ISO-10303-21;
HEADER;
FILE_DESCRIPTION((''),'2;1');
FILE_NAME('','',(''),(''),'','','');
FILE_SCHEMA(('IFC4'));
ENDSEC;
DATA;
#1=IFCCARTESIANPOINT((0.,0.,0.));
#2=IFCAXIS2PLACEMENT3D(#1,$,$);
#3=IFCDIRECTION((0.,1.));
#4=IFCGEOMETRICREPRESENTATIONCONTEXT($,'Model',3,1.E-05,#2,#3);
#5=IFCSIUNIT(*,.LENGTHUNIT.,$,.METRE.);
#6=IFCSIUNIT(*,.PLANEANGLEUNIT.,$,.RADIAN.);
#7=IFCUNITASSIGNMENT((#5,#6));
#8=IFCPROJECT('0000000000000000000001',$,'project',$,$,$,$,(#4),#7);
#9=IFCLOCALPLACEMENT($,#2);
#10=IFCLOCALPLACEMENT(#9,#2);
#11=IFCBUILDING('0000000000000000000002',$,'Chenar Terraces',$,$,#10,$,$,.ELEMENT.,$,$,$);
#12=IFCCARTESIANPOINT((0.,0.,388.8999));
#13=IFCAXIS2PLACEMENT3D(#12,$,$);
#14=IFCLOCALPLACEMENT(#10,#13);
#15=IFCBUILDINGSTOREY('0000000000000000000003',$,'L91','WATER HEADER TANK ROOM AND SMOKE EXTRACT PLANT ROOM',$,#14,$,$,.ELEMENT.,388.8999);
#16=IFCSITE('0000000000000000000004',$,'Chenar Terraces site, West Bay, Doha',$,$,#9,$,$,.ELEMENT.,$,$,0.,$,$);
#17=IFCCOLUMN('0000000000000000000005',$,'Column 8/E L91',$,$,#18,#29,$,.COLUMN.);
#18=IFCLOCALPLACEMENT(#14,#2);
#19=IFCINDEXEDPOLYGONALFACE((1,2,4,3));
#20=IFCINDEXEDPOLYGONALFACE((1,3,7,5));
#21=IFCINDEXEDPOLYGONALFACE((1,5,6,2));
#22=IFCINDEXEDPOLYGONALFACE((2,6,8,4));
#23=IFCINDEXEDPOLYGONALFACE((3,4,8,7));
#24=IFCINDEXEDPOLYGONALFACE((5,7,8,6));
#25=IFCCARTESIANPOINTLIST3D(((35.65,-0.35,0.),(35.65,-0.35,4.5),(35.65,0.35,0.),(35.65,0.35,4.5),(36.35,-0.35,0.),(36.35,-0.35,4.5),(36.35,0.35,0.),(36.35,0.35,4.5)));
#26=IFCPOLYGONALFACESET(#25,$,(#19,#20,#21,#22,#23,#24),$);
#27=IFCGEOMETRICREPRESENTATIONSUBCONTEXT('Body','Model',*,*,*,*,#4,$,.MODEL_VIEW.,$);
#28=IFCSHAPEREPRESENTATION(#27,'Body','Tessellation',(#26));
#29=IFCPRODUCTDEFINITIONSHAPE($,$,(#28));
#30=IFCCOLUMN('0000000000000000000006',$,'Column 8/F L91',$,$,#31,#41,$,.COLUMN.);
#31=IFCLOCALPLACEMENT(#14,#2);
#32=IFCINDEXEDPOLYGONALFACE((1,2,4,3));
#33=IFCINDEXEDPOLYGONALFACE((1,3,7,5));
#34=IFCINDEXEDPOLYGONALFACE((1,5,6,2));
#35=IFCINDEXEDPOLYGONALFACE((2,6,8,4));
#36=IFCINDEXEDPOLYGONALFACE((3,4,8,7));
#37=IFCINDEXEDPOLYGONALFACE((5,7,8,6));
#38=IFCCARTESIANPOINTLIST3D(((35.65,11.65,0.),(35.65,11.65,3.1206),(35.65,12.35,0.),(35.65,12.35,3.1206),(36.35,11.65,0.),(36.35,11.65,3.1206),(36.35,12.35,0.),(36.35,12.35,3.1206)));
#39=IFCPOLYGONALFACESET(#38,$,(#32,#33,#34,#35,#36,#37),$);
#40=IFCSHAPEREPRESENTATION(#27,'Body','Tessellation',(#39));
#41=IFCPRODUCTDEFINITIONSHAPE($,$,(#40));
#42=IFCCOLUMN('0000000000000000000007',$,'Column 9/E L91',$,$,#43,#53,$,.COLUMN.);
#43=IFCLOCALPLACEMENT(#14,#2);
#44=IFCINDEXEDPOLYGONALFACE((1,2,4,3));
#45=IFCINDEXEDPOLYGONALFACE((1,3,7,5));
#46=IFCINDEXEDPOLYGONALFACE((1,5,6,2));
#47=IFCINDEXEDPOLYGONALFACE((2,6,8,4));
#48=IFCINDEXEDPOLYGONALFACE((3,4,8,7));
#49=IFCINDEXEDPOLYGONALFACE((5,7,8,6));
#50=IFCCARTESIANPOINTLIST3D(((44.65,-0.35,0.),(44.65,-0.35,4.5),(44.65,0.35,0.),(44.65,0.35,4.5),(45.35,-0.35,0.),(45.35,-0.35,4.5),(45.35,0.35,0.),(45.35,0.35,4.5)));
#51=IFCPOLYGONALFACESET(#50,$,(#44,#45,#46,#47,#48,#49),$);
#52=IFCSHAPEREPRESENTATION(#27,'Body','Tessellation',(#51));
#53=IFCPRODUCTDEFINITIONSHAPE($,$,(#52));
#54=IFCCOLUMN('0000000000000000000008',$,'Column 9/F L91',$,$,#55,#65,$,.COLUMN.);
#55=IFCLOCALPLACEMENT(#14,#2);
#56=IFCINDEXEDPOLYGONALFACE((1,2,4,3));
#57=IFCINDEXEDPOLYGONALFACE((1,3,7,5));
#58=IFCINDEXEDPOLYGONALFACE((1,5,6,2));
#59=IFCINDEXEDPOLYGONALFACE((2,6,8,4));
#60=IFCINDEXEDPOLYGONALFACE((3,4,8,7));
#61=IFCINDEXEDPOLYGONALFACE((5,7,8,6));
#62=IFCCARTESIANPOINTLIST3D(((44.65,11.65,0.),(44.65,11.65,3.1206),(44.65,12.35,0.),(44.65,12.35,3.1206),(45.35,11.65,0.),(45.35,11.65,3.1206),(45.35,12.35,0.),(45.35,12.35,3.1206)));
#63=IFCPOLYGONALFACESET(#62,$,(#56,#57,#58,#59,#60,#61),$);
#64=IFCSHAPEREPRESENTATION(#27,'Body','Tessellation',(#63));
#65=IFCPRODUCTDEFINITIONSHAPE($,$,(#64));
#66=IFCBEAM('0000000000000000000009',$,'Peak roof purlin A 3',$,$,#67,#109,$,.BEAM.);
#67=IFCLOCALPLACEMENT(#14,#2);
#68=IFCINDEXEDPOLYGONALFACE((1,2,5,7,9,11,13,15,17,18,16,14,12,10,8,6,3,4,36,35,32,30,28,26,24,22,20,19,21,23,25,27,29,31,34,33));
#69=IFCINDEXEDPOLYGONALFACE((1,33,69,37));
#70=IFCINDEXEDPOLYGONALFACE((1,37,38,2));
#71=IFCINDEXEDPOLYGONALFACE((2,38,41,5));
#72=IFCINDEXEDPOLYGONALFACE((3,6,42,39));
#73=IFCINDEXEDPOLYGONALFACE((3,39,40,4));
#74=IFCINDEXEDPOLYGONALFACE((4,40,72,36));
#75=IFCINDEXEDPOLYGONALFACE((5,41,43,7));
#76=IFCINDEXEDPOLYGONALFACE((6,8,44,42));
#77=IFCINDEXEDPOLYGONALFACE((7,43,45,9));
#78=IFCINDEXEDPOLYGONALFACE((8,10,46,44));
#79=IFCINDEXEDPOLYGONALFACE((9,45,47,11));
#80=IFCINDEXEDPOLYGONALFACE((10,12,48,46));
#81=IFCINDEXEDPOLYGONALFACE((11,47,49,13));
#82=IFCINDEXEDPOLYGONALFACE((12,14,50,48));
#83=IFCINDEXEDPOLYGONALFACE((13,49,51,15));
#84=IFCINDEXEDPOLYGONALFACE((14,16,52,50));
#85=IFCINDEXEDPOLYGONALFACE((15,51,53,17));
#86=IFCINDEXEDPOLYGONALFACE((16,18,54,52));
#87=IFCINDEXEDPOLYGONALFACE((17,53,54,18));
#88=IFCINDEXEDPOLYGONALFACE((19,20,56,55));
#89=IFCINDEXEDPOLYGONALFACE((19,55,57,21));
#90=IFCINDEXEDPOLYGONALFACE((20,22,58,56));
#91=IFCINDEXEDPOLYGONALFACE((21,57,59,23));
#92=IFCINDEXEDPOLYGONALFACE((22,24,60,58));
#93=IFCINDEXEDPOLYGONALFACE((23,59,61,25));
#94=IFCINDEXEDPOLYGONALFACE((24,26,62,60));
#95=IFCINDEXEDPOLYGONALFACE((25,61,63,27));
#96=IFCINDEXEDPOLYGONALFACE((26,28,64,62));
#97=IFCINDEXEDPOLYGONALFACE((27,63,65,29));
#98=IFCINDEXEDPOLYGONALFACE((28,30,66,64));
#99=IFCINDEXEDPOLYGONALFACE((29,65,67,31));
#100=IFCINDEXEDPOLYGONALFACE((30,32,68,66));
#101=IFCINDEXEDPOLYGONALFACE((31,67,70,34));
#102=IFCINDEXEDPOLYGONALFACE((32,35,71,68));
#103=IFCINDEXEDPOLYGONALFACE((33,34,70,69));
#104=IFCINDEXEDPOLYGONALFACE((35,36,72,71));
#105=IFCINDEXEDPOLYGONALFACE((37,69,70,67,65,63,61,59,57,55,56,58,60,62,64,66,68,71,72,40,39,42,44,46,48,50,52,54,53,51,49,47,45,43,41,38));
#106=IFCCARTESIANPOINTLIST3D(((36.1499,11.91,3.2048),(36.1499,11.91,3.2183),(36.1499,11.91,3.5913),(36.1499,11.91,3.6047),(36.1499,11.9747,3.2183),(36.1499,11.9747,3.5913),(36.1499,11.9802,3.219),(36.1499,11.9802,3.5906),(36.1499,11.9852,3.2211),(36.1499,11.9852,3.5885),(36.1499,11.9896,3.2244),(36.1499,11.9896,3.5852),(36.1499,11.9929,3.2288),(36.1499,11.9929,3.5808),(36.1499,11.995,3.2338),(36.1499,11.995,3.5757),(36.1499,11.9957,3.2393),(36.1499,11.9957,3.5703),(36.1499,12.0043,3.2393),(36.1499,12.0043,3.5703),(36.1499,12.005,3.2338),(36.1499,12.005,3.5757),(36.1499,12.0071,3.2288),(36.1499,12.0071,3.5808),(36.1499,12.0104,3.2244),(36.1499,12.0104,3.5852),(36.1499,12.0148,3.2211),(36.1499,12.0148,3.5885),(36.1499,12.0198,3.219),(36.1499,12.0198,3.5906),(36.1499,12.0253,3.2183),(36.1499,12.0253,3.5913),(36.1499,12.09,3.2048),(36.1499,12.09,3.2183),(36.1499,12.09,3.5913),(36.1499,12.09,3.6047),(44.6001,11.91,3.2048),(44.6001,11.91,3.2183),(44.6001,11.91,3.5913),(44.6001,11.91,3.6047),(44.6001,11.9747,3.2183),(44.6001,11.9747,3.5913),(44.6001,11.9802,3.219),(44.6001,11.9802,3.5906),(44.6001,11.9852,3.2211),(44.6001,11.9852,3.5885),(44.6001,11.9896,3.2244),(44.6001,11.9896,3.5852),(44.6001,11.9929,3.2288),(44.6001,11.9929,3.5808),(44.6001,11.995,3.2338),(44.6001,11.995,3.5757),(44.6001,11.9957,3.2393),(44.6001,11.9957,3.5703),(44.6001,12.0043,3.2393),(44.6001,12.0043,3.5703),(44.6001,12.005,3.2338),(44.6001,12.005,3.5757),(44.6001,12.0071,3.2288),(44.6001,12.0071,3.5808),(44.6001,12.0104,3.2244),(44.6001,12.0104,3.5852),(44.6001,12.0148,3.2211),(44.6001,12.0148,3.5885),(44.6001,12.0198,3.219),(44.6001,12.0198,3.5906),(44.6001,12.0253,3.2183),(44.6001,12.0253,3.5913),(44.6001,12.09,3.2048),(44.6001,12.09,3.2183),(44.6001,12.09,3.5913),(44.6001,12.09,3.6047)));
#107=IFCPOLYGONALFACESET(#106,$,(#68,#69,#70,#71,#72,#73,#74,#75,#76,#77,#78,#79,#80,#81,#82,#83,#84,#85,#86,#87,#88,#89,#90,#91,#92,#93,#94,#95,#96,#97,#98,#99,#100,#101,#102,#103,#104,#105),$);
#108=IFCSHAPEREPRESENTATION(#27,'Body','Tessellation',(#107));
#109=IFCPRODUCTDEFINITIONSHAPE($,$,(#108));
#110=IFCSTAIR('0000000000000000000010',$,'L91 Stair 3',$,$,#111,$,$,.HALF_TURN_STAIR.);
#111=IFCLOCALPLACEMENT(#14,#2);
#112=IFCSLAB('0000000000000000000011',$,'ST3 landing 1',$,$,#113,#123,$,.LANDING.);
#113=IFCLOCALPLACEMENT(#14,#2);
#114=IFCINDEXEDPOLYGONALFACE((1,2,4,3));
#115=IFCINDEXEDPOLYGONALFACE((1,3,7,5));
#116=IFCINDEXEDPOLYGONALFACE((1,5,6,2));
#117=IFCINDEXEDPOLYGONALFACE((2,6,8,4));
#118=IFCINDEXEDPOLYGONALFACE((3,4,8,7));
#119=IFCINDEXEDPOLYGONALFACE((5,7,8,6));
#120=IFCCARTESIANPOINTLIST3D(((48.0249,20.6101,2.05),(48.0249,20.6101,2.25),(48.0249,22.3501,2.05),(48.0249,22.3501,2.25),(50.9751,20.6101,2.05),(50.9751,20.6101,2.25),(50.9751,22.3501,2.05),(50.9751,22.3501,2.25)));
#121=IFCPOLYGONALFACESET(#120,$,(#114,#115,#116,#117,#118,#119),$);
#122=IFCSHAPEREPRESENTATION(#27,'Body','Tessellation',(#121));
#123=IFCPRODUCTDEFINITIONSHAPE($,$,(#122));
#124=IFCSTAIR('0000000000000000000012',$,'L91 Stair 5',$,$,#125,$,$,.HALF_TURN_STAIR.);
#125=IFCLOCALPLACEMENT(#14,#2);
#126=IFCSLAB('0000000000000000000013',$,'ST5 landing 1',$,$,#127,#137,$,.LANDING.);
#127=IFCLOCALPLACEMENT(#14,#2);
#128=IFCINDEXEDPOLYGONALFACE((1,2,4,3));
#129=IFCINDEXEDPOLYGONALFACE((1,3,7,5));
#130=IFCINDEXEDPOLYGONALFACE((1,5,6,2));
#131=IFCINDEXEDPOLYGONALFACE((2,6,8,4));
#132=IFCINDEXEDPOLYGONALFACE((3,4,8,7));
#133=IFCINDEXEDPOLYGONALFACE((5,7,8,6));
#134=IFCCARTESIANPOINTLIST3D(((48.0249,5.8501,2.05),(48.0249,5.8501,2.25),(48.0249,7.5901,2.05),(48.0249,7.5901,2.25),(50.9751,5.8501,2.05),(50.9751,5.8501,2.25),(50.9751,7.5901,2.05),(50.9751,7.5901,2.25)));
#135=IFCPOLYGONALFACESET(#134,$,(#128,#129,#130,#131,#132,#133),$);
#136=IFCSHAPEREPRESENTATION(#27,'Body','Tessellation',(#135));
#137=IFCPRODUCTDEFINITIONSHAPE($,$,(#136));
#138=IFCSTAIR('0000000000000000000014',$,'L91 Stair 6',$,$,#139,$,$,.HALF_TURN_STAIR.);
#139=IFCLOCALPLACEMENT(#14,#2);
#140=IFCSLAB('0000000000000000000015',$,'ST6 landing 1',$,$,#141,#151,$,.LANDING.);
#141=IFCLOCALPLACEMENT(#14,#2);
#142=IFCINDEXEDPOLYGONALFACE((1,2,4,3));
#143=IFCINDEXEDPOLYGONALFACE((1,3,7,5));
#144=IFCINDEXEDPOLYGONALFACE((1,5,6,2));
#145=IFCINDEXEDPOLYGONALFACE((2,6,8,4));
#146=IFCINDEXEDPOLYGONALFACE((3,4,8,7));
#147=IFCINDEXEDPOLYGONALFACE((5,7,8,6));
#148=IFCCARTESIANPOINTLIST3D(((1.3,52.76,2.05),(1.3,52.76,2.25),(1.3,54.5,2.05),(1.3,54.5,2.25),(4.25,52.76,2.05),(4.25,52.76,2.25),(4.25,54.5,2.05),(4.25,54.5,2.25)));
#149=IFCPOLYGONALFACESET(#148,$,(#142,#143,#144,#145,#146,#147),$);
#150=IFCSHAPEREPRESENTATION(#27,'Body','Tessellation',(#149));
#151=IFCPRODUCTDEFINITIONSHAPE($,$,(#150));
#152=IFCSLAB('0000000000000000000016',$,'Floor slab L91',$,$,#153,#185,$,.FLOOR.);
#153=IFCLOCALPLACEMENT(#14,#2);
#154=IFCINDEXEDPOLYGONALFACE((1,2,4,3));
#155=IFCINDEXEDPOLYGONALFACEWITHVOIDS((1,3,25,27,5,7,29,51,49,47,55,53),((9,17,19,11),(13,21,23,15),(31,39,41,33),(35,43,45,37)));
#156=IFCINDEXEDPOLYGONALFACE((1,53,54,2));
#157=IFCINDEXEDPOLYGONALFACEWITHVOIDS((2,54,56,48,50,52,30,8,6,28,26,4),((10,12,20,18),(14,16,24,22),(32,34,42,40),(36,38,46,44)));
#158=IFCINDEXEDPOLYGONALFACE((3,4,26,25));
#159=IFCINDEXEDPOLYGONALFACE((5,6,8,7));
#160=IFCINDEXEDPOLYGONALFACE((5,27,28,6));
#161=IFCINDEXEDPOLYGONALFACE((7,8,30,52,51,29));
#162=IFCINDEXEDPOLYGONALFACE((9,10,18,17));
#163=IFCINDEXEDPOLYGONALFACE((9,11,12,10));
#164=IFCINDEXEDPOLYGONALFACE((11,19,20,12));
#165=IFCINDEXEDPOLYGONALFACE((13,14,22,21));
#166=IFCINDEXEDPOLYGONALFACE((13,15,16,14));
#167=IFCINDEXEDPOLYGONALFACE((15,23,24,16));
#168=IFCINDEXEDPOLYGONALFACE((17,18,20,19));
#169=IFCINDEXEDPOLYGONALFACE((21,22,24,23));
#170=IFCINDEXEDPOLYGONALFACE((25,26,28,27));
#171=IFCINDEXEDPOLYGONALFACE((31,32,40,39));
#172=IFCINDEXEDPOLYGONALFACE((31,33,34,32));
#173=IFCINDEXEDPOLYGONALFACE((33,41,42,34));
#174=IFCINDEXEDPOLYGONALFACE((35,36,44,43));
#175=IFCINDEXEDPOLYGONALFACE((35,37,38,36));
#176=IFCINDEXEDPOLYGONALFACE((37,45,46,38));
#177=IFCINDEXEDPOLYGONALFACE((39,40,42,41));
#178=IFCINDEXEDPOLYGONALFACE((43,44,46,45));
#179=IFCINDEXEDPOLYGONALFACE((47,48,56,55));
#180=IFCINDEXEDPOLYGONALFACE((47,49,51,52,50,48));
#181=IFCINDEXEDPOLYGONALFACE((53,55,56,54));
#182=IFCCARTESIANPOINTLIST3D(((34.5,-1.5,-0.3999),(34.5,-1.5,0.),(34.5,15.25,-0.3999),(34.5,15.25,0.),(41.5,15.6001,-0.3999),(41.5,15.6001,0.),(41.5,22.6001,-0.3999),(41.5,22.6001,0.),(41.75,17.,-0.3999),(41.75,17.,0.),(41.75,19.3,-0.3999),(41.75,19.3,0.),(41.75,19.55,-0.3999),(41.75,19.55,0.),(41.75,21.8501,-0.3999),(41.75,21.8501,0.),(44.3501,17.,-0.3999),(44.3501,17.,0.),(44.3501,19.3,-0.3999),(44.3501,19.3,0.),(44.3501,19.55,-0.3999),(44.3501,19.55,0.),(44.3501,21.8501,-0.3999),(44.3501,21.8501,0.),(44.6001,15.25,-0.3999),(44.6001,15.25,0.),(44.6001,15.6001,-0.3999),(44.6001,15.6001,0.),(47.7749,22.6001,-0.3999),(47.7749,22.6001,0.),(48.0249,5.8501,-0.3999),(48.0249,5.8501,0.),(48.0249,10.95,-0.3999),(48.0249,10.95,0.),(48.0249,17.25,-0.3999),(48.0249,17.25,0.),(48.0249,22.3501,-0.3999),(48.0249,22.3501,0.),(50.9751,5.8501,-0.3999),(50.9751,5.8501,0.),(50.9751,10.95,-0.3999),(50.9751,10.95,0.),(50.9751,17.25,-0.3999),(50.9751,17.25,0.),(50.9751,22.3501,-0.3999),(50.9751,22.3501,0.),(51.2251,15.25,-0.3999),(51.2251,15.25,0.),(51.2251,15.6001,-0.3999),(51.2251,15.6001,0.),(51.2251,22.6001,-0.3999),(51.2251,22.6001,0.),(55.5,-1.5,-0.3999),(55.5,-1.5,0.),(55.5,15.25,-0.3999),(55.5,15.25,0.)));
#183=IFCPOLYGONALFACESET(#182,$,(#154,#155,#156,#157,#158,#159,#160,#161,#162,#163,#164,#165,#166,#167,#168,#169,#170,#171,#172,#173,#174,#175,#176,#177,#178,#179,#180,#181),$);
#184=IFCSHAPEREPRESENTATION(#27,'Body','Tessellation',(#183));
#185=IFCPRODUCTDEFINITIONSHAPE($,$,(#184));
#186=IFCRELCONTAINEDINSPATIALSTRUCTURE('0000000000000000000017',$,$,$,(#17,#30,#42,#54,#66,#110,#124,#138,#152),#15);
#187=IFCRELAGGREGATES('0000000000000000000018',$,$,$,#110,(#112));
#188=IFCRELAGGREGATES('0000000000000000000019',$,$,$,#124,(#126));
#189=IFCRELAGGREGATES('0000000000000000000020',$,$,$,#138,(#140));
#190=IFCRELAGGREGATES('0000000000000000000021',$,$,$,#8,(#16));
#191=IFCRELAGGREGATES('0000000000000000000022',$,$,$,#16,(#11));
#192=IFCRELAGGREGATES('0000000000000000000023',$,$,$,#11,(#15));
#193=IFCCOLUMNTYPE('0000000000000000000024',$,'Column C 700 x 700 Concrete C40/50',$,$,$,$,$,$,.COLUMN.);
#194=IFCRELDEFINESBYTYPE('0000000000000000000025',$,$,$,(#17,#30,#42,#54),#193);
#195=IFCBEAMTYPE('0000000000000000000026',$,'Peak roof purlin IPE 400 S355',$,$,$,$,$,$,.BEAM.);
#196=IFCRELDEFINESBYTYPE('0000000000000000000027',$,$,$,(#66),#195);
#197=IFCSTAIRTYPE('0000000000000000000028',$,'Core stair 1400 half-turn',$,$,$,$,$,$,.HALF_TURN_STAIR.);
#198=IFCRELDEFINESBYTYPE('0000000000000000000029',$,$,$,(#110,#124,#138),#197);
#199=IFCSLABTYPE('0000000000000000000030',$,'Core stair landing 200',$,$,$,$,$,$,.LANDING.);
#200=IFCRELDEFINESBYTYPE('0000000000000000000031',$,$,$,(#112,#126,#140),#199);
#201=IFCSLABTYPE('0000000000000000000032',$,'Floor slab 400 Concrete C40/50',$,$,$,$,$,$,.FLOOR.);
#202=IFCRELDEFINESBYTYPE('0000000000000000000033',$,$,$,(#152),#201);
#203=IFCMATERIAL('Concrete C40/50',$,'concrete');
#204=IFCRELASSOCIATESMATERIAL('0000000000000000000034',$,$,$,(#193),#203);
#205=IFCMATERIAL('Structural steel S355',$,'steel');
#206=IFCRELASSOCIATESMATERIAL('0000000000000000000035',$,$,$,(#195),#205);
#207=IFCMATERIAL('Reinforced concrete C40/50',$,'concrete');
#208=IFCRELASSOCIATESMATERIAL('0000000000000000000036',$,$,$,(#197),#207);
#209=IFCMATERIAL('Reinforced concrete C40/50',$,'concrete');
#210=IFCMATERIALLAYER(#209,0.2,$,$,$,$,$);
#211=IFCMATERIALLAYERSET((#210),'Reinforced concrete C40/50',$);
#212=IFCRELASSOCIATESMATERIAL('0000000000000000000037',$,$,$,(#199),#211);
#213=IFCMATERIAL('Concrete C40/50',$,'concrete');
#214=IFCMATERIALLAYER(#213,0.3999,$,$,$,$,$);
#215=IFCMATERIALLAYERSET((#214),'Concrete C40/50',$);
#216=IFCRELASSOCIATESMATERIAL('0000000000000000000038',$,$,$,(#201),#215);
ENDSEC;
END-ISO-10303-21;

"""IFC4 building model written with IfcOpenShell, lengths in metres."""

from ifc_helpers import new_model, si_unit, direction, frame, origin, origin_2d, place, context, subcontext, project, spatial, polyline, rectangle, i_section, outline, extrude, material, layer, layer_set, material_profile, profile_set, type_object, element, aggregate, save


model = new_model("IFC4")

# Units and contexts
model_context = context("Model", 3, precision=1e-05, world=origin(), true_north=direction((0.0, 1.0)))
body_context = subcontext(model_context, "Body", "Model", "MODEL_VIEW")
ifc_project = project(units=[si_unit("LENGTHUNIT", "METRE"), si_unit("PLANEANGLEUNIT", "RADIAN")], contexts=[model_context])

# Site, building, storey
site_placement = place(None, origin())
site = spatial("IfcSite", under=ifc_project, at=site_placement, Name="Chenar Terraces site, West Bay, Doha", CompositionType="ELEMENT", RefElevation=0.0)
building_placement = place(site_placement, origin())
building = spatial("IfcBuilding", under=site, at=building_placement, Name="Chenar Terraces", CompositionType="ELEMENT")
storey_placement = place(building_placement, frame((0.0, 0.0, 388.8999)))
storey = spatial("IfcBuildingStorey", under=building, at=storey_placement, Name="L91", Description="WATER HEADER TANK ROOM AND SMOKE EXTRACT PLANT ROOM", CompositionType="ELEMENT", Elevation=388.8999)

# Columns
ifc_material_1 = material(Name="Concrete C40/50", Category="concrete")
ifc_material_profile_1 = material_profile(ifc_material_1, rectangle(XDim=0.7, YDim=0.7, at=origin_2d()), Name="C 700 x 700")
ifc_profile_set_1 = profile_set([ifc_material_profile_1], Name="Concrete C40/50")
column_type = type_object("IfcColumnType", Name="Column C 700 x 700 Concrete C40/50", PredefinedType="COLUMN", material=ifc_profile_set_1)
column_1_placement = place(storey_placement, frame((36.0, 0.0, 0.0), z_axis=(0.0, 0.0, 1.0), x_axis=(1.0, 0.0, 0.0)))
element("IfcColumn", 1, at=column_1_placement, inside=storey, type_object=column_type, Name="Column 8/E L91", PredefinedType="COLUMN", context=body_context, shape_type="SweptSolid", body=[
    extrude(rectangle(XDim=0.7, YDim=0.7, at=origin_2d()), origin(), (0.0, 0.0, 1.0), 4.5),
])
column_2_placement = place(storey_placement, frame((36.0, 12.0, 0.0), z_axis=(0.0, 0.0, 1.0), x_axis=(1.0, 0.0, 0.0)))
element("IfcColumn", 2, at=column_2_placement, inside=storey, type_object=column_type, Name="Column 8/F L91", PredefinedType="COLUMN", context=body_context, shape_type="SweptSolid", body=[
    extrude(rectangle(XDim=0.7, YDim=0.7, at=origin_2d()), origin(), (0.0, 0.0, 1.0), 3.1206),
])
column_3_placement = place(storey_placement, frame((45.0, 0.0, 0.0), z_axis=(0.0, 0.0, 1.0), x_axis=(1.0, 0.0, 0.0)))
element("IfcColumn", 3, at=column_3_placement, inside=storey, type_object=column_type, Name="Column 9/E L91", PredefinedType="COLUMN", context=body_context, shape_type="SweptSolid", body=[
    extrude(rectangle(XDim=0.7, YDim=0.7, at=origin_2d()), origin(), (0.0, 0.0, 1.0), 4.5),
])
column_4_placement = place(storey_placement, frame((45.0, 12.0, 0.0), z_axis=(0.0, 0.0, 1.0), x_axis=(1.0, 0.0, 0.0)))
element("IfcColumn", 4, at=column_4_placement, inside=storey, type_object=column_type, Name="Column 9/F L91", PredefinedType="COLUMN", context=body_context, shape_type="SweptSolid", body=[
    extrude(rectangle(XDim=0.7, YDim=0.7, at=origin_2d()), origin(), (0.0, 0.0, 1.0), 3.1206),
])

# Beam
ifc_material_2 = material(Name="Structural steel S355", Category="steel")
ifc_material_profile_2 = material_profile(ifc_material_2, i_section(OverallWidth=0.1799, OverallDepth=0.3999, WebThickness=0.0085, FlangeThickness=0.0134, FilletRadius=0.021, at=origin_2d()), Name="IPE 400")
ifc_profile_set_2 = profile_set([ifc_material_profile_2], Name="Structural steel S355")
beam_type = type_object("IfcBeamType", Name="Peak roof purlin IPE 400 S355", PredefinedType="BEAM", material=ifc_profile_set_2)
beam_placement = place(storey_placement, frame((36.1499, 12.0, 3.4048), z_axis=(1.0, 0.0, 0.0), x_axis=(0.0, 1.0, 0.0)))
element("IfcBeam", 5, at=beam_placement, inside=storey, type_object=beam_type, Name="Peak roof purlin A 3", PredefinedType="BEAM", context=body_context, shape_type="SweptSolid", body=[
    extrude(i_section(OverallWidth=0.1799, OverallDepth=0.3999, WebThickness=0.0085, FlangeThickness=0.0134, FilletRadius=0.021, at=origin_2d()), origin(), (0.0, 0.0, 1.0), 8.4502),
])

# Stairs, slabs
ifc_material_3 = material(Name="Reinforced concrete C40/50", Category="concrete")
stair_type = type_object("IfcStairType", Name="Core stair 1400 half-turn", PredefinedType="HALF_TURN_STAIR", material=ifc_material_3)
placement_1 = place(storey_placement, origin())
stair_1 = element("IfcStair", 6, at=placement_1, inside=storey, type_object=stair_type, Name="L91 Stair 3", PredefinedType="HALF_TURN_STAIR")
ifc_material_4 = material(Name="Reinforced concrete C40/50", Category="concrete")
ifc_layer_1 = layer(ifc_material_4, 0.2)
ifc_layer_set_1 = layer_set([ifc_layer_1], Name="Reinforced concrete C40/50")
slab_type_1 = type_object("IfcSlabType", Name="Core stair landing 200", PredefinedType="LANDING", material=ifc_layer_set_1)
placement_2 = place(storey_placement, frame((0.0, 0.0, 2.05)))
slab_1 = element("IfcSlab", 7, at=placement_2, type_object=slab_type_1, Name="ST3 landing 1", PredefinedType="LANDING", context=body_context, shape_type="SweptSolid", body=[
    extrude(outline(polyline([(50.9751, 20.6101), (50.9751, 22.3501), (48.0249, 22.3501), (48.0249, 20.6101), (50.9751, 20.6101)])), origin(), (0.0, 0.0, 1.0), 0.2),
])
aggregate(stair_1, [slab_1])
stair_2 = element("IfcStair", 8, at=placement_1, inside=storey, type_object=stair_type, Name="L91 Stair 5", PredefinedType="HALF_TURN_STAIR")
slab_2 = element("IfcSlab", 9, at=placement_2, type_object=slab_type_1, Name="ST5 landing 1", PredefinedType="LANDING", context=body_context, shape_type="SweptSolid", body=[
    extrude(outline(polyline([(48.0249, 7.5901), (48.0249, 5.8501), (50.9751, 5.8501), (50.9751, 7.5901), (48.0249, 7.5901)])), origin(), (0.0, 0.0, 1.0), 0.2),
])
aggregate(stair_2, [slab_2])
stair_3 = element("IfcStair", 10, at=placement_1, inside=storey, type_object=stair_type, Name="L91 Stair 6", PredefinedType="HALF_TURN_STAIR")
slab_3 = element("IfcSlab", 11, at=placement_2, type_object=slab_type_1, Name="ST6 landing 1", PredefinedType="LANDING", context=body_context, shape_type="SweptSolid", body=[
    extrude(outline(polyline([(4.25, 52.76), (4.25, 54.5), (1.3, 54.5), (1.3, 52.76), (4.25, 52.76)])), origin(), (0.0, 0.0, 1.0), 0.2),
])
aggregate(stair_3, [slab_3])

# Slab
ifc_material_5 = material(Name="Concrete C40/50", Category="concrete")
ifc_layer_2 = layer(ifc_material_5, 0.3999)
ifc_layer_set_2 = layer_set([ifc_layer_2], Name="Concrete C40/50")
slab_type_2 = type_object("IfcSlabType", Name="Floor slab 400 Concrete C40/50", PredefinedType="FLOOR", material=ifc_layer_set_2)
placement_3 = place(storey_placement, frame((0.0, 0.0, -0.3999)))
element("IfcSlab", 12, at=placement_3, inside=storey, type_object=slab_type_2, Name="Floor slab L91", PredefinedType="FLOOR", context=body_context, shape_type="SweptSolid", body=[
    extrude(outline(polyline([(34.5, -1.5), (34.5, 15.25), (44.6001, 15.25), (44.6001, 15.6001), (41.5, 15.6001), (41.5, 22.6001), (47.7749, 22.6001), (51.2251, 22.6001), (51.2251, 15.6001), (51.2251, 15.25), (55.5, 15.25), (55.5, -1.5), (34.5, -1.5)]), holes=[polyline([(50.9751, 10.95), (48.0249, 10.95), (48.0249, 5.8501), (50.9751, 5.8501), (50.9751, 10.95)]), polyline([(41.75, 17.0), (44.3501, 17.0), (44.3501, 19.3), (41.75, 19.3), (41.75, 17.0)]), polyline([(48.0249, 17.25), (50.9751, 17.25), (50.9751, 22.3501), (48.0249, 22.3501), (48.0249, 17.25)]), polyline([(41.75, 21.8501), (41.75, 19.55), (44.3501, 19.55), (44.3501, 21.8501), (41.75, 21.8501)])]), origin(), (0.0, 0.0, 1.0), 0.3999),
])

save(model, "model.ifc")
